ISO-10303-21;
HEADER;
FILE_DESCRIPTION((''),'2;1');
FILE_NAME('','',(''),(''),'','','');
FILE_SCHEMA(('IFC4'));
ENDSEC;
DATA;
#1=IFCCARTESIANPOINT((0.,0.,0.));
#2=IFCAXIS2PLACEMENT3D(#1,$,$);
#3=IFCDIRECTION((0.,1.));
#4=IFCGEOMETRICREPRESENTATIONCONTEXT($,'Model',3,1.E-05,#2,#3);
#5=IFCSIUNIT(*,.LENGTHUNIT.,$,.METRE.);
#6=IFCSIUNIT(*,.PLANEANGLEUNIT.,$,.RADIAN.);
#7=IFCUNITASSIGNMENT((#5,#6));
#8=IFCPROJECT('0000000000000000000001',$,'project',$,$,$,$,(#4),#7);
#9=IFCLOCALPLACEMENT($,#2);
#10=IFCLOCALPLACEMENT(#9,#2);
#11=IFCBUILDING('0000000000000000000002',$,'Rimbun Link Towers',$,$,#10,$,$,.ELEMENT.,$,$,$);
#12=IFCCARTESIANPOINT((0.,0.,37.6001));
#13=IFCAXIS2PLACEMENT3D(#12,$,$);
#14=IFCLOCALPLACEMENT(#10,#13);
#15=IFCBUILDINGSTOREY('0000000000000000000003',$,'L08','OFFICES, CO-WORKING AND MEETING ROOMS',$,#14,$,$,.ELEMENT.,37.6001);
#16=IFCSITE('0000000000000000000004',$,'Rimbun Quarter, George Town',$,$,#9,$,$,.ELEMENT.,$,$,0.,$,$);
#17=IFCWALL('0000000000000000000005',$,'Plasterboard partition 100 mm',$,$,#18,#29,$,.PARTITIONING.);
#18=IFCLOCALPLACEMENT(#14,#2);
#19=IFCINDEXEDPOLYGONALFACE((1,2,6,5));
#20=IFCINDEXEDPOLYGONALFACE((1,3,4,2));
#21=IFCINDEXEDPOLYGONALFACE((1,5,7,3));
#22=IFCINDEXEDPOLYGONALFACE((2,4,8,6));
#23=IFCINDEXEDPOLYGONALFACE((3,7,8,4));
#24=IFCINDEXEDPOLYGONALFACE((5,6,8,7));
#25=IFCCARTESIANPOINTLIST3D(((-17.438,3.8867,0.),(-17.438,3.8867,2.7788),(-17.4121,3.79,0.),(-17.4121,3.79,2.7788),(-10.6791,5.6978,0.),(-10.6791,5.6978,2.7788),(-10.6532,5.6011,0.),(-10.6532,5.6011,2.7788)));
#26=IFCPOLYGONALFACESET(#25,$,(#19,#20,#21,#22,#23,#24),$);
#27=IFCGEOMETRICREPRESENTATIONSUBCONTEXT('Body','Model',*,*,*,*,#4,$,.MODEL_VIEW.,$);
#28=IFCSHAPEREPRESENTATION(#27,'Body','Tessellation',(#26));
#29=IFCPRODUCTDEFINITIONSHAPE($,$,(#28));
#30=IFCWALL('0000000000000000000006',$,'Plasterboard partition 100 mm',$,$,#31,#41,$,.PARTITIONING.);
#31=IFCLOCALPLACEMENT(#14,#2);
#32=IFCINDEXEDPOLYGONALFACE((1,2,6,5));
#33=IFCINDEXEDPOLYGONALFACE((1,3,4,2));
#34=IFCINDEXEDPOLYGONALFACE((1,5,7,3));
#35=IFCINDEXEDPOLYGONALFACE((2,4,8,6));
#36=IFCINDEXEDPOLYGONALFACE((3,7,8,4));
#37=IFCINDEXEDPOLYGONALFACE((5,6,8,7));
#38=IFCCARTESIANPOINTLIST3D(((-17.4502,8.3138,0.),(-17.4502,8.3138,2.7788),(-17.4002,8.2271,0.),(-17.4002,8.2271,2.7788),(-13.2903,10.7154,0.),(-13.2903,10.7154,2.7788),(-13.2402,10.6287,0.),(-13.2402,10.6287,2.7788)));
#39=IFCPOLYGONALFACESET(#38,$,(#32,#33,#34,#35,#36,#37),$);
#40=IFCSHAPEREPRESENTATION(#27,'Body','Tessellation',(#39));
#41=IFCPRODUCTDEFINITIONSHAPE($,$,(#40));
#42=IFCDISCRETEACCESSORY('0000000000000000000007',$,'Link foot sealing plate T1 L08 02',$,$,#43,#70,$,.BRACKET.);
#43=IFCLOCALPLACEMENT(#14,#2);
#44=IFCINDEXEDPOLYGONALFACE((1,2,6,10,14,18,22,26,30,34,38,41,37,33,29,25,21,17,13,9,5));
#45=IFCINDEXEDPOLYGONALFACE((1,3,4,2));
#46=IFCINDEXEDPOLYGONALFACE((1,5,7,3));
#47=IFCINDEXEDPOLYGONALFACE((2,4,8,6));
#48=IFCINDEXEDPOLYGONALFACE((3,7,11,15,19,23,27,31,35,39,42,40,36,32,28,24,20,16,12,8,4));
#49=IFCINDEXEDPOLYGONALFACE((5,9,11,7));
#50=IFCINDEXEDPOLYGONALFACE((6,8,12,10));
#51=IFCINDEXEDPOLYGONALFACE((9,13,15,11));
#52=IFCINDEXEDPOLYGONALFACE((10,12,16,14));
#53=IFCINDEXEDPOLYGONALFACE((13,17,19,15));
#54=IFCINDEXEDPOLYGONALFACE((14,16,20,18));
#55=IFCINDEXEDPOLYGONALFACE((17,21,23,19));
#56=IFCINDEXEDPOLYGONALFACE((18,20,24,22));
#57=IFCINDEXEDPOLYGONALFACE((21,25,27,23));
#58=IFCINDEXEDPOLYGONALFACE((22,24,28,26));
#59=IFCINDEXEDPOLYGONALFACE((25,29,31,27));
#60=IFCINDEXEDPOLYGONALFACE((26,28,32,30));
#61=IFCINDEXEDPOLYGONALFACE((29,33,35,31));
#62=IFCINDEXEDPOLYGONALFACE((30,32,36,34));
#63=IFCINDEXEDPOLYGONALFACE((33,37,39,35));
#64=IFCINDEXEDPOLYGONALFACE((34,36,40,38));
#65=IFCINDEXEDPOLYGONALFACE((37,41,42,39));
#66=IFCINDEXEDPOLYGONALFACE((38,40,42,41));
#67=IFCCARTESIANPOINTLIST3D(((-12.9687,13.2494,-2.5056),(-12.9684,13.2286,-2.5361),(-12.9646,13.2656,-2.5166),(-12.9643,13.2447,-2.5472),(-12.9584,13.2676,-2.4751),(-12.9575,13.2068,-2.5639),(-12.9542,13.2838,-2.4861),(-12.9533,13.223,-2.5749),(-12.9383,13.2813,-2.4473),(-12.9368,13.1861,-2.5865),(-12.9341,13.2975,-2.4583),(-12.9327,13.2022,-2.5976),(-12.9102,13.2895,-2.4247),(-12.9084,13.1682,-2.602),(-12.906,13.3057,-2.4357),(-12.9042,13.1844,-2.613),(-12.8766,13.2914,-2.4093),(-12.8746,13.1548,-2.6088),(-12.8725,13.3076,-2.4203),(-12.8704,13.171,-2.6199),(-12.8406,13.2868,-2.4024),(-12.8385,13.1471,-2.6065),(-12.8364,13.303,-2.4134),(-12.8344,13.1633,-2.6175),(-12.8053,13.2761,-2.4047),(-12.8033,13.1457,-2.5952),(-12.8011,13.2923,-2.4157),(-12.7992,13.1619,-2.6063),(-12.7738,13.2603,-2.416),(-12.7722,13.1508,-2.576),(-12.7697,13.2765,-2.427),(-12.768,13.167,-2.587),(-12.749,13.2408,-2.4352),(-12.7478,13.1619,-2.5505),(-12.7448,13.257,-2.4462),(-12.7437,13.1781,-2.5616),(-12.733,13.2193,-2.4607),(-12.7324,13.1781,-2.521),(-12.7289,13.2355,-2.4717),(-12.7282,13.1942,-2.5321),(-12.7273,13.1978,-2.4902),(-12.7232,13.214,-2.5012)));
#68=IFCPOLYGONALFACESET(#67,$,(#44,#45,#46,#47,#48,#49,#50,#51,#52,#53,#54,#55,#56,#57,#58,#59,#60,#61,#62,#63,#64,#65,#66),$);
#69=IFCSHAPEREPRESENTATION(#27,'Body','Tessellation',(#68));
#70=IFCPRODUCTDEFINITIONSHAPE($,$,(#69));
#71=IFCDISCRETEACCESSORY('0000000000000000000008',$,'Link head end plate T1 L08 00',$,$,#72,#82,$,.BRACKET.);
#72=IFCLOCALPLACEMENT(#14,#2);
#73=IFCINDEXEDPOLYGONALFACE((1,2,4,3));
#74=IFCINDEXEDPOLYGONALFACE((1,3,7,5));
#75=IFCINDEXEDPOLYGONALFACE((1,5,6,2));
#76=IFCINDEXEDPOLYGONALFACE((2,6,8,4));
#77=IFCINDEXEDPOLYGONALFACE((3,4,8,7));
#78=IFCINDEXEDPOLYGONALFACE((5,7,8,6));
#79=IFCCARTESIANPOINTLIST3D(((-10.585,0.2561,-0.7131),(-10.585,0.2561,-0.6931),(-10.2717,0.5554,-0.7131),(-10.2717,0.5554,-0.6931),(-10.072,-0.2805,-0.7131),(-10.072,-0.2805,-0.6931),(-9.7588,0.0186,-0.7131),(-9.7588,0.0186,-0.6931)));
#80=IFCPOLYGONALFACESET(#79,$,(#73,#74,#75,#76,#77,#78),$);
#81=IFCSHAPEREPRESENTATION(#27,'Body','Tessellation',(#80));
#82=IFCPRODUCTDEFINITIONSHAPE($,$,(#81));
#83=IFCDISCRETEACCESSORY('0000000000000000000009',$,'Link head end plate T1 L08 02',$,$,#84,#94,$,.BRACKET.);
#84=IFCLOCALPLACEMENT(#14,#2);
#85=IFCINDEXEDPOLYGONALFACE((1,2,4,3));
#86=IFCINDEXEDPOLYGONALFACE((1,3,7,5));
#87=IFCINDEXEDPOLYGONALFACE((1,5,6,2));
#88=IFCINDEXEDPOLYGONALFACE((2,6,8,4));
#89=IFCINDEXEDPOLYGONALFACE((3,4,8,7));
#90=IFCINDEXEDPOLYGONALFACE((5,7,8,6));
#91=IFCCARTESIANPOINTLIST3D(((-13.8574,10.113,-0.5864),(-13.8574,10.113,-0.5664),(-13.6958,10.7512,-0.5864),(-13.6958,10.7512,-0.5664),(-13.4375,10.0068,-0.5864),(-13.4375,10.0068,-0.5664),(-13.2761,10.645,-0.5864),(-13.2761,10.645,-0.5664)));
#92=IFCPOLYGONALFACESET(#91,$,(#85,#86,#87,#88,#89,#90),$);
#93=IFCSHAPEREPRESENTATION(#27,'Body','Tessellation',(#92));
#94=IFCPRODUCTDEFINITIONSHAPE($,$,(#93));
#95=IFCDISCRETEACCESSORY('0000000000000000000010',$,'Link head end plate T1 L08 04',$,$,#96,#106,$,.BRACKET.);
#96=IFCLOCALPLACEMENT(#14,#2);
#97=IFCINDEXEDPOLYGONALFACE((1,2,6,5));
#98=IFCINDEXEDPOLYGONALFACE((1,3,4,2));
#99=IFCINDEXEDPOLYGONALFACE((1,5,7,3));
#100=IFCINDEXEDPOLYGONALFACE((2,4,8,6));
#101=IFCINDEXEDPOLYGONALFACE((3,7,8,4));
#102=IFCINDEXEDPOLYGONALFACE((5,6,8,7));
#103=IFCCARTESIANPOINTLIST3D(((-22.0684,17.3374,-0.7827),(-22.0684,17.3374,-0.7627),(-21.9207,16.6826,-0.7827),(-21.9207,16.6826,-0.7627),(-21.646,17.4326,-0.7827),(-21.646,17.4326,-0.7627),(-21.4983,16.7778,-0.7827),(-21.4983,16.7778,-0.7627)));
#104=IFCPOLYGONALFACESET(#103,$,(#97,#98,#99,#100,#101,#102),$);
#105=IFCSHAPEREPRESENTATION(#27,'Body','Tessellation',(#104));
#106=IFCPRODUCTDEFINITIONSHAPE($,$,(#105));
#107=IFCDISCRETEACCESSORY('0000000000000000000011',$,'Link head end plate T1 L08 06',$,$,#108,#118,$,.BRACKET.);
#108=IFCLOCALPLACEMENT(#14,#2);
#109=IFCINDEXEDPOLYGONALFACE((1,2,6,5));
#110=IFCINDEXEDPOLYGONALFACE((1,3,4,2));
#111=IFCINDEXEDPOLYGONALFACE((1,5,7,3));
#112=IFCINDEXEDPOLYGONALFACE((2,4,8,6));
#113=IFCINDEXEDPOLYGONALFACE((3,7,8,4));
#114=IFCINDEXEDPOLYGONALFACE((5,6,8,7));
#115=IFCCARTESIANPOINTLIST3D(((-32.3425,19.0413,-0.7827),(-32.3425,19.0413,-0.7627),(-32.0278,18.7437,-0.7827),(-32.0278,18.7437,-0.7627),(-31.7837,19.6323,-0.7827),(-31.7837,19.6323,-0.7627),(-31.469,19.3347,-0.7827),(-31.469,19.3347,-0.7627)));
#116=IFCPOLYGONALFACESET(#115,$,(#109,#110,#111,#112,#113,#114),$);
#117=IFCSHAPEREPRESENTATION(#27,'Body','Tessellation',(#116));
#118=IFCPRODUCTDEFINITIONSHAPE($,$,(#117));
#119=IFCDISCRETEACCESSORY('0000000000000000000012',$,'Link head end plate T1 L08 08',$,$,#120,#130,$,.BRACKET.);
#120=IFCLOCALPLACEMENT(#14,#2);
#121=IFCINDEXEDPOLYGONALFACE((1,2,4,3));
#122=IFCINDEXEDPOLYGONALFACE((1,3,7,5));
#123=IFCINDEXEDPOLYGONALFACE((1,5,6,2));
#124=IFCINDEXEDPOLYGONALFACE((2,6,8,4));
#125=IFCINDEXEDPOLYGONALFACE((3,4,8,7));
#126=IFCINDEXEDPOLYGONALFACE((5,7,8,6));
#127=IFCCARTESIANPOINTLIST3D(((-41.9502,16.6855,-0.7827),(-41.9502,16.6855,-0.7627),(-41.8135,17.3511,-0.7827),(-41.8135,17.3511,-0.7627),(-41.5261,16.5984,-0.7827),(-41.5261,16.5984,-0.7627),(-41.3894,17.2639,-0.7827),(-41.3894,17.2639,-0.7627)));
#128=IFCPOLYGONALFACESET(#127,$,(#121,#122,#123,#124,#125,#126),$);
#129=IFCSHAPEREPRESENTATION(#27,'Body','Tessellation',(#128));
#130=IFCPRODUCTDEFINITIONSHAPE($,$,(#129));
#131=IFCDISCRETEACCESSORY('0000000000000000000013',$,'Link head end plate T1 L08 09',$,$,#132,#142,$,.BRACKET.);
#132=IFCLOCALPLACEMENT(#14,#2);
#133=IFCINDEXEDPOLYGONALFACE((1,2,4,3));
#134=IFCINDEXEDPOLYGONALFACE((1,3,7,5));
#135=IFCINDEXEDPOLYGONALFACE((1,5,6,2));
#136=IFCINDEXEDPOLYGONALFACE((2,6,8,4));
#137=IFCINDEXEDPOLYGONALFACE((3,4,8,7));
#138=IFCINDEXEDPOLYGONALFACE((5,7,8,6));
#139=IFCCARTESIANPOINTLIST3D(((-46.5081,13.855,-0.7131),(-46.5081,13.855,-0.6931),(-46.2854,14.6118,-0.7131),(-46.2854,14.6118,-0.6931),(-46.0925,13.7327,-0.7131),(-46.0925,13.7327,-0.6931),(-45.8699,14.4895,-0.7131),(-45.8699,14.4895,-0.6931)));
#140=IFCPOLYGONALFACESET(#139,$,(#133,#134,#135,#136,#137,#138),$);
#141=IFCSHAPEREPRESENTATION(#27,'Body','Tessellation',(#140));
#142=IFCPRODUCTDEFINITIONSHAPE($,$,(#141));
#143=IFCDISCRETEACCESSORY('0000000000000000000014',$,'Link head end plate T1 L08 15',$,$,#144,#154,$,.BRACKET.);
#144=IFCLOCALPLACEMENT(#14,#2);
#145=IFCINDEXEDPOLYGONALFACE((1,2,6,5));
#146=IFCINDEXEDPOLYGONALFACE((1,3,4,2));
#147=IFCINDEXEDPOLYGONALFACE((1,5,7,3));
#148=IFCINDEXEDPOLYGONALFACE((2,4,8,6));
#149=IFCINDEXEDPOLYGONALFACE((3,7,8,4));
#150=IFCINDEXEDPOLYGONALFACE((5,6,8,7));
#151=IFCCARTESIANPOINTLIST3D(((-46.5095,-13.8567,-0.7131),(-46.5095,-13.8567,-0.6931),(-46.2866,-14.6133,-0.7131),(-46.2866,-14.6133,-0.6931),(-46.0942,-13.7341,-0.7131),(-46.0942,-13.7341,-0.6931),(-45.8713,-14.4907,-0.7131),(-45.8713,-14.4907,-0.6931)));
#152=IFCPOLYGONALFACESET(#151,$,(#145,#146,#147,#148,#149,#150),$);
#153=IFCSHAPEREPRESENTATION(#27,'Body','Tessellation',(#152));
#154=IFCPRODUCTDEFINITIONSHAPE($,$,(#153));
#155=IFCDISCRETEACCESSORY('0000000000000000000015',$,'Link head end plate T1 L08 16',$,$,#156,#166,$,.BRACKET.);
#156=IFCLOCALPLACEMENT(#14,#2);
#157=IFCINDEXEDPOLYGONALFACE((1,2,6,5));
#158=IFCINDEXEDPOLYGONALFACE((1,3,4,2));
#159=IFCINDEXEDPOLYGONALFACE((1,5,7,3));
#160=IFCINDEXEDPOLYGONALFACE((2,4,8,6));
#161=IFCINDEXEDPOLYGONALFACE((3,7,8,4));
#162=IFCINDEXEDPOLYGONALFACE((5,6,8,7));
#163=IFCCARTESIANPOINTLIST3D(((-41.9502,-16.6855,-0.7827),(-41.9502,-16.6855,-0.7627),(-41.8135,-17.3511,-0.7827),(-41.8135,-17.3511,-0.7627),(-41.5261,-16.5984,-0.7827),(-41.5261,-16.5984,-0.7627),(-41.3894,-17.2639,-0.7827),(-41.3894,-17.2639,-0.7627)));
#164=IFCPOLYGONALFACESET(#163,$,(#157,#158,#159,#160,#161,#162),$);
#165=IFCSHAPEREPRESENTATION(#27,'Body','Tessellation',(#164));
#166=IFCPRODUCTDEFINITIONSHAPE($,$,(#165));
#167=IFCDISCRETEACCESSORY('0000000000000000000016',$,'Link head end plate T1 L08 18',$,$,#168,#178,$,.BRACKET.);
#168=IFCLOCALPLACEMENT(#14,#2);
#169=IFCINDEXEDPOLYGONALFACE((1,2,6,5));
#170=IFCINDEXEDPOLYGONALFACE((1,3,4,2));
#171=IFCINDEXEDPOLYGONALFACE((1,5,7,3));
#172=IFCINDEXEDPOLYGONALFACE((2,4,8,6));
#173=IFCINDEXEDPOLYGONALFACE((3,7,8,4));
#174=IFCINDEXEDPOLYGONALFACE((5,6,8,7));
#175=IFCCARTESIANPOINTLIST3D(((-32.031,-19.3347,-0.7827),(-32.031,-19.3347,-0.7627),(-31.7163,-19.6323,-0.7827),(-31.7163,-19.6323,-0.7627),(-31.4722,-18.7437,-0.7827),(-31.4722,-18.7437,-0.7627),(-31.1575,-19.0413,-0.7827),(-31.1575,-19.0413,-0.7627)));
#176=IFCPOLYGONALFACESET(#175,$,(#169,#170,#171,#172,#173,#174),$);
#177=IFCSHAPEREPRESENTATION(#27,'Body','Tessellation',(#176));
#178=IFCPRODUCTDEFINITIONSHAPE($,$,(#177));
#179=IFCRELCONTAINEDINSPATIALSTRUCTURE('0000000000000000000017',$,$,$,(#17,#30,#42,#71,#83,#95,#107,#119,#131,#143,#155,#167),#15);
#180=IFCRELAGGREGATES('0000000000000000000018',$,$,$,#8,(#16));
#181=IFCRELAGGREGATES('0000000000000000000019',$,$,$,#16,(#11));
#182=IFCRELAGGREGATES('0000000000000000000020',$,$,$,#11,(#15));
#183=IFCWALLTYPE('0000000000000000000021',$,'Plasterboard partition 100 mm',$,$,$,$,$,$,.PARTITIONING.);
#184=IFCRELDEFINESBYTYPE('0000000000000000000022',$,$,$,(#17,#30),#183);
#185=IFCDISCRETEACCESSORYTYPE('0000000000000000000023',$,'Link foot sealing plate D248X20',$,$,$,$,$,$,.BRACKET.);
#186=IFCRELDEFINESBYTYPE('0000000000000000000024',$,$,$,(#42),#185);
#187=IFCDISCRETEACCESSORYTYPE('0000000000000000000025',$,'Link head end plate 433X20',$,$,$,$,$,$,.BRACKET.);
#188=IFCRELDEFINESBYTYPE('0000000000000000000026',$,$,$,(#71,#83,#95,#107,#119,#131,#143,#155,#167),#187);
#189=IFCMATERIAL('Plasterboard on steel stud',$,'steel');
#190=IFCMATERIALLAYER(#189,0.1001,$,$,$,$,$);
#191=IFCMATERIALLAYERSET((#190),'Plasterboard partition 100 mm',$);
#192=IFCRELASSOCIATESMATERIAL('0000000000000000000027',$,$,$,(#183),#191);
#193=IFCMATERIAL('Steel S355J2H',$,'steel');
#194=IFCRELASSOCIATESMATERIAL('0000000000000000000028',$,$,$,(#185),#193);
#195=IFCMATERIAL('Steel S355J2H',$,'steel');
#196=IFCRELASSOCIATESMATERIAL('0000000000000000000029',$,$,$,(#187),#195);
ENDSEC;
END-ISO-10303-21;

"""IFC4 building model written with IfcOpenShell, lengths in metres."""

from ifc_helpers import new_model, si_unit, direction, frame, frame_2d, origin, origin_2d, place, context, subcontext, project, spatial, polyline, rectangle, circle, outline, extrude, material, layer, layer_set, material_profile, profile_set, type_object, element, save


model = new_model("IFC4")

# Units and contexts
model_context = context("Model", 3, precision=1e-05, world=origin(), true_north=direction((0.0, 1.0)))
body_context = subcontext(model_context, "Body", "Model", "MODEL_VIEW")
ifc_project = project(units=[si_unit("LENGTHUNIT", "METRE"), si_unit("PLANEANGLEUNIT", "RADIAN")], contexts=[model_context])

# Site, building, storey
site_placement = place(None, origin())
site = spatial("IfcSite", under=ifc_project, at=site_placement, Name="Rimbun Quarter, George Town", CompositionType="ELEMENT", RefElevation=0.0)
building_placement = place(site_placement, origin())
building = spatial("IfcBuilding", under=site, at=building_placement, Name="Rimbun Link Towers", CompositionType="ELEMENT")
storey_placement = place(building_placement, frame((0.0, 0.0, 37.6001)))
storey = spatial("IfcBuildingStorey", under=building, at=storey_placement, Name="L08", Description="OFFICES, CO-WORKING AND MEETING ROOMS", CompositionType="ELEMENT", Elevation=37.6001)

# Walls
ifc_material_1 = material(Name="Plasterboard on steel stud", Category="steel")
ifc_layer_1 = layer(ifc_material_1, 0.1001)
ifc_layer_set_1 = layer_set([ifc_layer_1], Name="Plasterboard partition 100 mm")
wall_type = type_object("IfcWallType", Name="Plasterboard partition 100 mm", PredefinedType="PARTITIONING", material=ifc_layer_set_1)
wall_1_placement = place(storey_placement, frame((-10.6663, 5.6494, 0.0), z_axis=(0.0, 0.0, 1.0), x_axis=(-0.965925, -0.258822, 0.0)))
element("IfcWall", 1, at=wall_1_placement, inside=storey, type_object=wall_type, Name="Plasterboard partition 100 mm", PredefinedType="PARTITIONING", context=body_context, shape_type="SweptSolid", body=[
    extrude(rectangle(XDim=6.9973, YDim=0.1001, at=frame_2d((3.4985, 0.0))), origin(), (0.0, 0.0, 1.0), 2.7788),
])
wall_2_placement = place(storey_placement, frame((-13.2651, 10.6721, 0.0), z_axis=(0.0, 0.0, 1.0), x_axis=(-0.866036, -0.499982, 0.0)))
element("IfcWall", 2, at=wall_2_placement, inside=storey, type_object=wall_type, Name="Plasterboard partition 100 mm", PredefinedType="PARTITIONING", context=body_context, shape_type="SweptSolid", body=[
    extrude(rectangle(XDim=4.8035, YDim=0.1001, at=frame_2d((2.4019, 0.0))), origin(), (0.0, 0.0, 1.0), 2.7788),
])

# Discrete accessories
ifc_material_2 = material(Name="Steel S355J2H", Category="steel")
ifc_material_profile_1 = material_profile(ifc_material_2, circle(Radius=0.124, at=origin_2d()), Name="PL D248")
ifc_profile_set_1 = profile_set([ifc_material_profile_1], Name="Steel S355J2H")
discrete_accessory_type_1 = type_object("IfcDiscreteAccessoryType", Name="Link foot sealing plate D248X20", PredefinedType="BRACKET", material=ifc_profile_set_1)
discrete_accessory_1_placement = place(storey_placement, frame((-12.8486, 13.2185, -2.5056), z_axis=(0.208155, 0.80813, -0.550997), x_axis=(-0.968392, 0.249434, 0.0)))
element("IfcDiscreteAccessory", 3, at=discrete_accessory_1_placement, inside=storey, type_object=discrete_accessory_type_1, Name="Link foot sealing plate T1 L08 02", PredefinedType="BRACKET", context=body_context, shape_type="SweptSolid", body=[
    extrude(circle(Radius=0.124, at=origin_2d()), origin(), (0.0, 0.0, 1.0), 0.02),
])
ifc_material_3 = material(Name="Steel S355J2H", Category="steel")
ifc_material_profile_2 = material_profile(ifc_material_3, rectangle(XDim=0.4331, YDim=0.4331, at=origin_2d()), Name="PL 433x433")
ifc_profile_set_2 = profile_set([ifc_material_profile_2], Name="Steel S355J2H")
discrete_accessory_type_2 = type_object("IfcDiscreteAccessoryType", Name="Link head end plate 433X20", PredefinedType="BRACKET", material=ifc_profile_set_2)
discrete_accessory_2_placement = place(storey_placement, frame((0.0, 0.0, -0.7131)))
element("IfcDiscreteAccessory", 4, at=discrete_accessory_2_placement, inside=storey, type_object=discrete_accessory_type_2, Name="Link head end plate T1 L08 00", PredefinedType="BRACKET", context=body_context, shape_type="SweptSolid", body=[
    extrude(outline(polyline([(-10.585, 0.2561), (-10.072, -0.2805), (-9.7588, 0.0186), (-10.2717, 0.5554), (-10.585, 0.2561)])), origin(), (0.0, 0.0, 1.0), 0.02),
])
discrete_accessory_3_placement = place(storey_placement, frame((0.0, 0.0, -0.5864)))
element("IfcDiscreteAccessory", 5, at=discrete_accessory_3_placement, inside=storey, type_object=discrete_accessory_type_2, Name="Link head end plate T1 L08 02", PredefinedType="BRACKET", context=body_context, shape_type="SweptSolid", body=[
    extrude(outline(polyline([(-13.4375, 10.0068), (-13.2761, 10.645), (-13.6958, 10.7512), (-13.8574, 10.113), (-13.4375, 10.0068)])), origin(), (0.0, 0.0, 1.0), 0.02),
])
discrete_accessory_4_placement = place(storey_placement, frame((0.0, 0.0, -0.7827)))
element("IfcDiscreteAccessory", 6, at=discrete_accessory_4_placement, inside=storey, type_object=discrete_accessory_type_2, Name="Link head end plate T1 L08 04", PredefinedType="BRACKET", context=body_context, shape_type="SweptSolid", body=[
    extrude(outline(polyline([(-21.4983, 16.7778), (-21.646, 17.4326), (-22.0684, 17.3374), (-21.9207, 16.6826), (-21.4983, 16.7778)])), origin(), (0.0, 0.0, 1.0), 0.02),
])
discrete_accessory_5_placement = place(storey_placement, frame((0.0, 0.0, -0.7827)))
element("IfcDiscreteAccessory", 7, at=discrete_accessory_5_placement, inside=storey, type_object=discrete_accessory_type_2, Name="Link head end plate T1 L08 06", PredefinedType="BRACKET", context=body_context, shape_type="SweptSolid", body=[
    extrude(outline(polyline([(-32.0278, 18.7437), (-31.469, 19.3347), (-31.7837, 19.6323), (-32.3425, 19.0413), (-32.0278, 18.7437)])), origin(), (0.0, 0.0, 1.0), 0.02),
])
discrete_accessory_6_placement = place(storey_placement, frame((0.0, 0.0, -0.7827)))
element("IfcDiscreteAccessory", 8, at=discrete_accessory_6_placement, inside=storey, type_object=discrete_accessory_type_2, Name="Link head end plate T1 L08 08", PredefinedType="BRACKET", context=body_context, shape_type="SweptSolid", body=[
    extrude(outline(polyline([(-41.5261, 16.5984), (-41.3894, 17.2639), (-41.8135, 17.3511), (-41.9502, 16.6855), (-41.5261, 16.5984)])), origin(), (0.0, 0.0, 1.0), 0.02),
])
discrete_accessory_7_placement = place(storey_placement, frame((0.0, 0.0, -0.7131)))
element("IfcDiscreteAccessory", 9, at=discrete_accessory_7_placement, inside=storey, type_object=discrete_accessory_type_2, Name="Link head end plate T1 L08 09", PredefinedType="BRACKET", context=body_context, shape_type="SweptSolid", body=[
    extrude(outline(polyline([(-46.0925, 13.7327), (-45.8699, 14.4895), (-46.2854, 14.6118), (-46.5081, 13.855), (-46.0925, 13.7327)])), origin(), (0.0, 0.0, 1.0), 0.02),
])
discrete_accessory_8_placement = place(storey_placement, frame((0.0, 0.0, -0.7131)))
element("IfcDiscreteAccessory", 10, at=discrete_accessory_8_placement, inside=storey, type_object=discrete_accessory_type_2, Name="Link head end plate T1 L08 15", PredefinedType="BRACKET", context=body_context, shape_type="SweptSolid", body=[
    extrude(outline(polyline([(-46.5095, -13.8567), (-46.2866, -14.6133), (-45.8713, -14.4907), (-46.0942, -13.7341), (-46.5095, -13.8567)])), origin(), (0.0, 0.0, 1.0), 0.02),
])
discrete_accessory_9_placement = place(storey_placement, frame((0.0, 0.0, -0.7827)))
element("IfcDiscreteAccessory", 11, at=discrete_accessory_9_placement, inside=storey, type_object=discrete_accessory_type_2, Name="Link head end plate T1 L08 16", PredefinedType="BRACKET", context=body_context, shape_type="SweptSolid", body=[
    extrude(outline(polyline([(-41.9502, -16.6855), (-41.8135, -17.3511), (-41.3894, -17.2639), (-41.5261, -16.5984), (-41.9502, -16.6855)])), origin(), (0.0, 0.0, 1.0), 0.02),
])
discrete_accessory_10_placement = place(storey_placement, frame((0.0, 0.0, -0.7827)))
element("IfcDiscreteAccessory", 12, at=discrete_accessory_10_placement, inside=storey, type_object=discrete_accessory_type_2, Name="Link head end plate T1 L08 18", PredefinedType="BRACKET", context=body_context, shape_type="SweptSolid", body=[
    extrude(outline(polyline([(-31.4722, -18.7437), (-32.031, -19.3347), (-31.7163, -19.6323), (-31.1575, -19.0413), (-31.4722, -18.7437)])), origin(), (0.0, 0.0, 1.0), 0.02),
])

save(model, "model.ifc")
